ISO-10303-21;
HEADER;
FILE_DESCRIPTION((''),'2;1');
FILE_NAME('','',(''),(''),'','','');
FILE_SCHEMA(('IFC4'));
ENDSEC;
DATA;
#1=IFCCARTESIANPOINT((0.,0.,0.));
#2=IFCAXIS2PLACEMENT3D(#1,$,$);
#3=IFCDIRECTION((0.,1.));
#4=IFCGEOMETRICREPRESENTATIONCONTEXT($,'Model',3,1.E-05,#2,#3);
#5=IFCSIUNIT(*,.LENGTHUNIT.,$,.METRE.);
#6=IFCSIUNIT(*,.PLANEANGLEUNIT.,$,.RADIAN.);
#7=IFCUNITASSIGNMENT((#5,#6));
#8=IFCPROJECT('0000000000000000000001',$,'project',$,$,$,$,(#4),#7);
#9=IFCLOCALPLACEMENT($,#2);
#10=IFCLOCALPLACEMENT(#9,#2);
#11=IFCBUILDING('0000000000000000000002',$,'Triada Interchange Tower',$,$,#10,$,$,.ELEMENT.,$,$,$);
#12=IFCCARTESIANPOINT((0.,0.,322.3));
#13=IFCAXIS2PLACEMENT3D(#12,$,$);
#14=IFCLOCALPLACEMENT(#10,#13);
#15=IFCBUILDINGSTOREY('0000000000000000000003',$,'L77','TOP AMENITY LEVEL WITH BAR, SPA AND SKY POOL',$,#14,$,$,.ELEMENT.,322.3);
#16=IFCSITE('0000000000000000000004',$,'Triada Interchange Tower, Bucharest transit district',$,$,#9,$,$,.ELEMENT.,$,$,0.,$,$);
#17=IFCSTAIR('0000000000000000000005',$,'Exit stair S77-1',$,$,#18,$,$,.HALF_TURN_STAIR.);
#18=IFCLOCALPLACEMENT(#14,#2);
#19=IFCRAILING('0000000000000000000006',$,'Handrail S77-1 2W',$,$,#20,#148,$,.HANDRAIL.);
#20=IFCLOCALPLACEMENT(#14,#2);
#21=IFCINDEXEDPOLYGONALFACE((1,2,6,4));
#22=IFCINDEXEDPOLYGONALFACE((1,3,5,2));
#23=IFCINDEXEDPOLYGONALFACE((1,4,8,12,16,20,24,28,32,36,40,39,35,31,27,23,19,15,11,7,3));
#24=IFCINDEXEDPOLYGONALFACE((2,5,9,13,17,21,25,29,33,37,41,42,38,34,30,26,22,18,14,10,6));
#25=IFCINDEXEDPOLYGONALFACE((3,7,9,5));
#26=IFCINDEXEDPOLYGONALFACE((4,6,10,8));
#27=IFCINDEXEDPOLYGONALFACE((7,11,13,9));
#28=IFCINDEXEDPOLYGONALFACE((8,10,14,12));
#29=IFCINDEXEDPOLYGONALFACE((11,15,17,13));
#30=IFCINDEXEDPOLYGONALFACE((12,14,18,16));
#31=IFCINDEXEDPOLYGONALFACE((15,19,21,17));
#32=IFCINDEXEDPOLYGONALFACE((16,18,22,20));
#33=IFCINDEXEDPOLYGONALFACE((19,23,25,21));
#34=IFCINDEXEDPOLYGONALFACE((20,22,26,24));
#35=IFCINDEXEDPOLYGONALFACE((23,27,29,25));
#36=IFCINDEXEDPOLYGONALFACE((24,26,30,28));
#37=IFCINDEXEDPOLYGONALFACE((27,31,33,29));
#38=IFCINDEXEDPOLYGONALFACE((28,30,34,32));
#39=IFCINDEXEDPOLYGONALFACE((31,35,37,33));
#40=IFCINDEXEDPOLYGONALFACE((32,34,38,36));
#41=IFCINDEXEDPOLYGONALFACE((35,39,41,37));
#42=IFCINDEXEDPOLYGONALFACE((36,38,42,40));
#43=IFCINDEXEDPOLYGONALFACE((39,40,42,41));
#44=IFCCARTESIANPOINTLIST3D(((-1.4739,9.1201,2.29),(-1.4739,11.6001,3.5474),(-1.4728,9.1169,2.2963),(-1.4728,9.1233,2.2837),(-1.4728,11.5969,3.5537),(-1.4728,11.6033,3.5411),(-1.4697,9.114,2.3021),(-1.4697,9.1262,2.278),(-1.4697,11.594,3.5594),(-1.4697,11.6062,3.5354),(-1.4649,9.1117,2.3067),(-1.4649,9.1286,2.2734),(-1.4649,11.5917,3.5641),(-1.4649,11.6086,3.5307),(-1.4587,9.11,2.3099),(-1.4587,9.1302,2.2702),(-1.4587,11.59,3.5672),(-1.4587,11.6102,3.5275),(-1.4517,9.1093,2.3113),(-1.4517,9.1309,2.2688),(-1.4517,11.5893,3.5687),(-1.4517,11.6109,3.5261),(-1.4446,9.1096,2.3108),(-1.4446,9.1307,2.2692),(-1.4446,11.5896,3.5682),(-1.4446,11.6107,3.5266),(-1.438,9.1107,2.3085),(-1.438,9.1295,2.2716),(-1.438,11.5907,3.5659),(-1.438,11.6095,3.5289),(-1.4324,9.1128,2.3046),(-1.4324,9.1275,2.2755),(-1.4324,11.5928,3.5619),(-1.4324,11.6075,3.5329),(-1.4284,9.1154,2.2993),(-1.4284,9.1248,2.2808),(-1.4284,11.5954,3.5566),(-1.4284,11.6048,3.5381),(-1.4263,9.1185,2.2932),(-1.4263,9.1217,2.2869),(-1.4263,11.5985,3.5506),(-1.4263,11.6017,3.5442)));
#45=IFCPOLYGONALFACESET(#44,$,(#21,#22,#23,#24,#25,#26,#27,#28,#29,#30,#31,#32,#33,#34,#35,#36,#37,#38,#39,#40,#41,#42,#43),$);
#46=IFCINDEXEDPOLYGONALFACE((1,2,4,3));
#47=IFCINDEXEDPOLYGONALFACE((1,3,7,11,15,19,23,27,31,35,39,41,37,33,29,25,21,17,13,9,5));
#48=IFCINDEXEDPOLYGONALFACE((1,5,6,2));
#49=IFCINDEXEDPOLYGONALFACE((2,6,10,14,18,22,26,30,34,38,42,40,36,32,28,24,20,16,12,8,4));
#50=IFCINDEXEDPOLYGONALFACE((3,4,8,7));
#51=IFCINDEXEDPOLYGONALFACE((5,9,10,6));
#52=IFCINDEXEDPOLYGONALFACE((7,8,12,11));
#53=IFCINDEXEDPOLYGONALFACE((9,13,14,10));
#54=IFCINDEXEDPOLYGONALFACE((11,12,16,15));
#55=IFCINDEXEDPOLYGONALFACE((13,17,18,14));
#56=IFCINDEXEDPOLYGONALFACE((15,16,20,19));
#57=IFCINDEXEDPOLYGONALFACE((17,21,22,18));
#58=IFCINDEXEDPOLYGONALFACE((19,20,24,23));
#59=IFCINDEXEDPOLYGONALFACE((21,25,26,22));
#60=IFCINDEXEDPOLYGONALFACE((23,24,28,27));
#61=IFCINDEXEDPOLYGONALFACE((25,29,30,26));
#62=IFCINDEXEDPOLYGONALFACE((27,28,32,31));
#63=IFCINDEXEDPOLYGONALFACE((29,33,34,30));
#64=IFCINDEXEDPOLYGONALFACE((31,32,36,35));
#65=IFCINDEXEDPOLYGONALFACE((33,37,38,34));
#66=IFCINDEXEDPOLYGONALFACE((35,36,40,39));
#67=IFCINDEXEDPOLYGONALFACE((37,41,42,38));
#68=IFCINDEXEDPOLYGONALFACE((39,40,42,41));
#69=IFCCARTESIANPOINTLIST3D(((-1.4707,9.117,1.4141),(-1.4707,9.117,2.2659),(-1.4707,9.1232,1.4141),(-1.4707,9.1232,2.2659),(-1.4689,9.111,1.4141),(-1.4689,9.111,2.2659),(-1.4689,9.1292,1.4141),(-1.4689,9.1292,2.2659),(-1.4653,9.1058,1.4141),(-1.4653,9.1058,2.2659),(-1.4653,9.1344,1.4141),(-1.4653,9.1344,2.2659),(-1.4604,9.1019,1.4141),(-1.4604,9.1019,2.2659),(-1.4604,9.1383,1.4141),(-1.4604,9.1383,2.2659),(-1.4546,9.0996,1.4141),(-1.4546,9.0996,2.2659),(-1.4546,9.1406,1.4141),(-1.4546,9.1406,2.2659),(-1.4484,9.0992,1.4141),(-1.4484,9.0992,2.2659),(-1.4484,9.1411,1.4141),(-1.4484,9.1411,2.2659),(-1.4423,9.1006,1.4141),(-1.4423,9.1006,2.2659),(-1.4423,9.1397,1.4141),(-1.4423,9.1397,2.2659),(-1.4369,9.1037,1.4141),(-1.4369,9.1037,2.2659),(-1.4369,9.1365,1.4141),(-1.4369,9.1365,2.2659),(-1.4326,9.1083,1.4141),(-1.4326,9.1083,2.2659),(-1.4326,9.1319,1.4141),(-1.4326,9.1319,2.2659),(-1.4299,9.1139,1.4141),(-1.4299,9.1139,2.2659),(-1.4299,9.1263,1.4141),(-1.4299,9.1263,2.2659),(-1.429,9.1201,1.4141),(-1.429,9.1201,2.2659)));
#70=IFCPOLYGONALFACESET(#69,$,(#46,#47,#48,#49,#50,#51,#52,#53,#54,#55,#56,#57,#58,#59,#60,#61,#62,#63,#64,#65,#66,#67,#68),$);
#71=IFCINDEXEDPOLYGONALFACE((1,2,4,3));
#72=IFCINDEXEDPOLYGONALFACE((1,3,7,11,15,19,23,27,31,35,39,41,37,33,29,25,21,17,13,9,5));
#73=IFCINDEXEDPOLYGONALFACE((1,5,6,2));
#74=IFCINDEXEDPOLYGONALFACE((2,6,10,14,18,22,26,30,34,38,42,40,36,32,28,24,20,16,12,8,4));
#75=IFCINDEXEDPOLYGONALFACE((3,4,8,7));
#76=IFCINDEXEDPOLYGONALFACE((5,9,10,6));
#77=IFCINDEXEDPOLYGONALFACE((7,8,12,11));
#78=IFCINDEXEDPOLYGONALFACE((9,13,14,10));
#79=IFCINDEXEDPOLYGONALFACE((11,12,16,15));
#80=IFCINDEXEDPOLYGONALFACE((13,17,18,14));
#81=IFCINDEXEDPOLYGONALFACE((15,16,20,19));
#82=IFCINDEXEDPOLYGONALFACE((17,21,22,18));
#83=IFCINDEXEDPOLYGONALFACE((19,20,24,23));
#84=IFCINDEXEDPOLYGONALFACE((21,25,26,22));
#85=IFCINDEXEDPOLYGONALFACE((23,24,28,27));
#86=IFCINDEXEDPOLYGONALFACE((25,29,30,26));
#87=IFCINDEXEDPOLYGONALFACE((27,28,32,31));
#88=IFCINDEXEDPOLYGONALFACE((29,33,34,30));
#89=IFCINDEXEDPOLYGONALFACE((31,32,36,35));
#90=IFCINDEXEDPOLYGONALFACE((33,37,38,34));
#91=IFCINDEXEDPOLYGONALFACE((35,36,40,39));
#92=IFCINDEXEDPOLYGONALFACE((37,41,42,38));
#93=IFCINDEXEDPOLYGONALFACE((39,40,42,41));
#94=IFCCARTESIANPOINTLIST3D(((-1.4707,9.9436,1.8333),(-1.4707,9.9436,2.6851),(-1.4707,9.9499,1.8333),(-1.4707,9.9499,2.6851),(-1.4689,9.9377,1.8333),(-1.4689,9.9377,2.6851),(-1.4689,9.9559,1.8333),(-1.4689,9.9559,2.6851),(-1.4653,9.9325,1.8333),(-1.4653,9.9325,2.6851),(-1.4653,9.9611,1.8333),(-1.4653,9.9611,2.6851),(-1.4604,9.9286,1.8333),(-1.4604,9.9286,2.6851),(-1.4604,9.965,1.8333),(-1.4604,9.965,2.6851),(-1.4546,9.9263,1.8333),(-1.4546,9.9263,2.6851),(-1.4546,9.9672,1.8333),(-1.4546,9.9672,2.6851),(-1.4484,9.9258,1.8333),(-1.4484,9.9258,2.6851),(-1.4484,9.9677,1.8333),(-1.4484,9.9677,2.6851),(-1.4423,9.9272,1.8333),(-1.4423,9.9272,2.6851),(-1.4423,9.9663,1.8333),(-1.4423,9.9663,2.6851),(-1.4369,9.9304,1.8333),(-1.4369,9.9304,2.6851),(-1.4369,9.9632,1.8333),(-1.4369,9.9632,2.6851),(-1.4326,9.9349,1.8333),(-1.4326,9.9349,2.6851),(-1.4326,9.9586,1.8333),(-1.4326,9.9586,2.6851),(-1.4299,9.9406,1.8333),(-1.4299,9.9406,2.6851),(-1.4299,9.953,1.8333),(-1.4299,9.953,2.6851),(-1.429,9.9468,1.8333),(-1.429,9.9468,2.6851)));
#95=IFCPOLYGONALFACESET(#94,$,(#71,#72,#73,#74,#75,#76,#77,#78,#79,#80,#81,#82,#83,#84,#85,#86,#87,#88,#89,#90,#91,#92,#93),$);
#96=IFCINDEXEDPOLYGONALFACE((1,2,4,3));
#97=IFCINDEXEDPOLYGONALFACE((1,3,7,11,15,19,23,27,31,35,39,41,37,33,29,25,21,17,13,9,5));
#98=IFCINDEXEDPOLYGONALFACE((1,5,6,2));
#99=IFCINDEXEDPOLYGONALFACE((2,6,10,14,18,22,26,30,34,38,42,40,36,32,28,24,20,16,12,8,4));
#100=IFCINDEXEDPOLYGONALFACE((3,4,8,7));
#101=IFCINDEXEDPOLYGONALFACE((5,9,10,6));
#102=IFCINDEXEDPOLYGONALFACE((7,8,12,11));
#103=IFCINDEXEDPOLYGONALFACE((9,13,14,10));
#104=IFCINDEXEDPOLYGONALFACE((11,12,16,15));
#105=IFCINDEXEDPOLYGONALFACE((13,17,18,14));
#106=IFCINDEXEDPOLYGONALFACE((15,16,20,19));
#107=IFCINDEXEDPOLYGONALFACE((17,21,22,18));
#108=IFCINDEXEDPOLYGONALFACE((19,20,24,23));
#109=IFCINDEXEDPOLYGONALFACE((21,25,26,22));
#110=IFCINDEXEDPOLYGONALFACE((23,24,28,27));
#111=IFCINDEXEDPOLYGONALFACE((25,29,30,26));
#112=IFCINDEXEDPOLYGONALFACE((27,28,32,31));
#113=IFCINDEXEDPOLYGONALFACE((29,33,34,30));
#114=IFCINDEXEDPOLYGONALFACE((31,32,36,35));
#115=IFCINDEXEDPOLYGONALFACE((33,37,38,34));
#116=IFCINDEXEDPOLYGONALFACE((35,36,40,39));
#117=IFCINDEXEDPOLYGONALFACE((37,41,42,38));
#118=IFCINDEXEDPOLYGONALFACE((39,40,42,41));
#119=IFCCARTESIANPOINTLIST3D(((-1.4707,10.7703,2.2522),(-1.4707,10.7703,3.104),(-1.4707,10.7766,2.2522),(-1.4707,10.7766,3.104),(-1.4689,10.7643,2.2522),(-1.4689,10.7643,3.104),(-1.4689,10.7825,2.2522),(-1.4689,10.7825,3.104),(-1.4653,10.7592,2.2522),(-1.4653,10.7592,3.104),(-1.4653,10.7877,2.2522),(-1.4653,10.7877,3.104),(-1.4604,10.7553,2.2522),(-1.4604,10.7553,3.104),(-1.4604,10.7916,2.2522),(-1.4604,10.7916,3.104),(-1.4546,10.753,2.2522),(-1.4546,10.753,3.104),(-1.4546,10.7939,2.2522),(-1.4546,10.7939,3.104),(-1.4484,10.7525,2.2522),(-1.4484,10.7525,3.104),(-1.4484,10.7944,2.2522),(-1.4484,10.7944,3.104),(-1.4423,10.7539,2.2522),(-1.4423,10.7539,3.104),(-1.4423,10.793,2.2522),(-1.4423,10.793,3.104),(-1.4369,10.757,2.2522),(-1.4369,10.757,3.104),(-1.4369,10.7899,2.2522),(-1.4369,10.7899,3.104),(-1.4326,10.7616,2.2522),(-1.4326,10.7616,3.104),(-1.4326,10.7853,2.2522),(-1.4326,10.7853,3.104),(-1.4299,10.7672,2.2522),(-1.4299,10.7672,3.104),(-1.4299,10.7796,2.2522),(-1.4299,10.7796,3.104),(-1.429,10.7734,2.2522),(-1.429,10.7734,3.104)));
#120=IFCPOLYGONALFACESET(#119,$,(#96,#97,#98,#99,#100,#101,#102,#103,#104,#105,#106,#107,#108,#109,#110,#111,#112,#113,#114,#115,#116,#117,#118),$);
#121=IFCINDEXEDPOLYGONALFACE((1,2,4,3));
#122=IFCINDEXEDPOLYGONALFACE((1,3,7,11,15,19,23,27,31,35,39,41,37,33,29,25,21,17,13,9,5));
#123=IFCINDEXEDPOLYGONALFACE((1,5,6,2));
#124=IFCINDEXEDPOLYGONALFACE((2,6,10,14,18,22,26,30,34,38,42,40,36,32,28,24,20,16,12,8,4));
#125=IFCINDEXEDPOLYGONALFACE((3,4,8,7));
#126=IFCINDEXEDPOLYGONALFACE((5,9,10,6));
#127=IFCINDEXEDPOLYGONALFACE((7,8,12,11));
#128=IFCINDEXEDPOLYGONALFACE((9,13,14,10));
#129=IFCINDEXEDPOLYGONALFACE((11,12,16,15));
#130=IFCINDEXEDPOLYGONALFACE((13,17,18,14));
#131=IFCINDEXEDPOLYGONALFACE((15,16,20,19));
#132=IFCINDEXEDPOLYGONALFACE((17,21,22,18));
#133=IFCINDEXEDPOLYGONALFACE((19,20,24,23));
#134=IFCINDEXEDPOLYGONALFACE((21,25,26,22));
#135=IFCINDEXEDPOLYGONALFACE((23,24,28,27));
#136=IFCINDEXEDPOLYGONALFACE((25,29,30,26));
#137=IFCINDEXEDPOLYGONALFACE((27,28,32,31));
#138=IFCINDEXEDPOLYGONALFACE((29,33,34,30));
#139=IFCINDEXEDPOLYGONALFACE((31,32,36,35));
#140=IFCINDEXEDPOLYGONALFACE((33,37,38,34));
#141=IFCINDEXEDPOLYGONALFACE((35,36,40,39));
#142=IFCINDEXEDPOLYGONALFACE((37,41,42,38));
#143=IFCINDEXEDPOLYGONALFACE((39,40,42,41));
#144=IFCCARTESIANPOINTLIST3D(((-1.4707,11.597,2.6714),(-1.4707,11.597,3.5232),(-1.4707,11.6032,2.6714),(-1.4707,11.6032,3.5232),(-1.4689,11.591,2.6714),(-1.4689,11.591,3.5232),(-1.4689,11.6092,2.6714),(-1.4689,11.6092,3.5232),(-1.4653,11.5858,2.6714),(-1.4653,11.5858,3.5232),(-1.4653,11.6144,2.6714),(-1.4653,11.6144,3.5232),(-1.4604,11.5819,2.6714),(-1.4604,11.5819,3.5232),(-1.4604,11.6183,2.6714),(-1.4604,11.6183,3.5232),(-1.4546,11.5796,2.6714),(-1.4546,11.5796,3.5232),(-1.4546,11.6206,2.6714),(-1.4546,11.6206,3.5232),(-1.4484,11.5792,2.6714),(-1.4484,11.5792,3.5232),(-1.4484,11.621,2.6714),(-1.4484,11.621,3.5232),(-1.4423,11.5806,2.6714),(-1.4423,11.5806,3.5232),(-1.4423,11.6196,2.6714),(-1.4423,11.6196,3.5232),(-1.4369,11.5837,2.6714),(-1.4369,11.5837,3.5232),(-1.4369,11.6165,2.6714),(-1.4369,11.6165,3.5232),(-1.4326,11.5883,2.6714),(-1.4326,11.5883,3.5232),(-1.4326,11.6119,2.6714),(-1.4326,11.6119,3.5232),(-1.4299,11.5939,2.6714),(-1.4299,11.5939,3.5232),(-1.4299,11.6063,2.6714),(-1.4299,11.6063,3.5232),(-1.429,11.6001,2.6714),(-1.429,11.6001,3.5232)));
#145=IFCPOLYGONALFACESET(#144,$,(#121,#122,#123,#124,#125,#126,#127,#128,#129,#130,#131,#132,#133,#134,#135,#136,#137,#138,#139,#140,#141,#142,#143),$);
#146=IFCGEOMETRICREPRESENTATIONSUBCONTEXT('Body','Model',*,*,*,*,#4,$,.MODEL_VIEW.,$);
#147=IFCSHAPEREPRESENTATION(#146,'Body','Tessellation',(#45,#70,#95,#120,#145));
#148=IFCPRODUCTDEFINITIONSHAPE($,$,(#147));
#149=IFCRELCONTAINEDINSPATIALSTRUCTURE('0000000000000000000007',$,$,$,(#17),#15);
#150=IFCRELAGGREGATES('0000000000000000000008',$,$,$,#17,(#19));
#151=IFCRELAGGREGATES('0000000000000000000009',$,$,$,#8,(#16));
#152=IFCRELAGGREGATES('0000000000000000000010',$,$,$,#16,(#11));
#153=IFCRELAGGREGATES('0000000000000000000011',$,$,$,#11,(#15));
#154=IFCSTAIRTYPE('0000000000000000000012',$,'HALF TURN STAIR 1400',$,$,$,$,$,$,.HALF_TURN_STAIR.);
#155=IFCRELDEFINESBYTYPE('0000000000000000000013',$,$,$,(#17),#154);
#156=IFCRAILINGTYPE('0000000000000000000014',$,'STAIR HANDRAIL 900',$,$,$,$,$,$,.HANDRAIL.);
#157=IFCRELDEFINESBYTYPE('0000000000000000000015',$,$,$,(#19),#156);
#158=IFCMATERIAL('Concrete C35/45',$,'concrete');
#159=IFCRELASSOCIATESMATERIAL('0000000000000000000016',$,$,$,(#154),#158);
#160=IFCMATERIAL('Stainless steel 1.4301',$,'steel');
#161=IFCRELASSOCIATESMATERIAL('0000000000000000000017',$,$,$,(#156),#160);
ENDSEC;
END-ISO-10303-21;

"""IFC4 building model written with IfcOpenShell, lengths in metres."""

from ifc_helpers import new_model, si_unit, direction, frame, origin, origin_2d, place, context, subcontext, project, spatial, circle, extrude, material, type_object, element, aggregate, save


model = new_model("IFC4")

# Units and contexts
model_context = context("Model", 3, precision=1e-05, world=origin(), true_north=direction((0.0, 1.0)))
body_context = subcontext(model_context, "Body", "Model", "MODEL_VIEW")
ifc_project = project(units=[si_unit("LENGTHUNIT", "METRE"), si_unit("PLANEANGLEUNIT", "RADIAN")], contexts=[model_context])

# Site, building, storey
site_placement = place(None, origin())
site = spatial("IfcSite", under=ifc_project, at=site_placement, Name="Triada Interchange Tower, Bucharest transit district", CompositionType="ELEMENT", RefElevation=0.0)
building_placement = place(site_placement, origin())
building = spatial("IfcBuilding", under=site, at=building_placement, Name="Triada Interchange Tower", CompositionType="ELEMENT")
storey_placement = place(building_placement, frame((0.0, 0.0, 322.3)))
storey = spatial("IfcBuildingStorey", under=building, at=storey_placement, Name="L77", Description="TOP AMENITY LEVEL WITH BAR, SPA AND SKY POOL", CompositionType="ELEMENT", Elevation=322.3)

# Stair, railing
ifc_material_1 = material(Name="Concrete C35/45", Category="concrete")
stair_type = type_object("IfcStairType", Name="HALF TURN STAIR 1400", PredefinedType="HALF_TURN_STAIR", material=ifc_material_1)
stair_placement = place(storey_placement, origin())
stair = element("IfcStair", 1, at=stair_placement, inside=storey, type_object=stair_type, Name="Exit stair S77-1", PredefinedType="HALF_TURN_STAIR")
ifc_material_2 = material(Name="Stainless steel 1.4301", Category="steel")
railing_type = type_object("IfcRailingType", Name="STAIR HANDRAIL 900", PredefinedType="HANDRAIL", material=ifc_material_2)
railing_1_placement = place(storey_placement, frame((-1.45, 9.1201, 1.4141)))
railing_1 = element("IfcRailing", 2, at=railing_1_placement, type_object=railing_type, Name="Handrail S77-1 2W", PredefinedType="HANDRAIL", context=body_context, shape_type="SweptSolid", body=[
    extrude(circle(Radius=0.0239, at=origin_2d()), frame((0.0, 0.0, 0.876), z_axis=(0.0, 0.89192, 0.452194), x_axis=(-1.0, 0.0, 0.0)), (0.0, 0.0, 1.0), 2.7805),
    extrude(circle(Radius=0.021, at=origin_2d()), origin(), (0.0, 0.0, 1.0), 0.8518),
    extrude(circle(Radius=0.021, at=origin_2d()), frame((0.0, 0.8267, 0.4192)), (0.0, 0.0, 1.0), 0.8518),
    extrude(circle(Radius=0.021, at=origin_2d()), frame((0.0, 1.6533, 0.8381)), (0.0, 0.0, 1.0), 0.8518),
    extrude(circle(Radius=0.021, at=origin_2d()), frame((0.0, 2.48, 1.2573)), (0.0, 0.0, 1.0), 0.8518),
])
aggregate(stair, [railing_1])

save(model, "model.ifc")
